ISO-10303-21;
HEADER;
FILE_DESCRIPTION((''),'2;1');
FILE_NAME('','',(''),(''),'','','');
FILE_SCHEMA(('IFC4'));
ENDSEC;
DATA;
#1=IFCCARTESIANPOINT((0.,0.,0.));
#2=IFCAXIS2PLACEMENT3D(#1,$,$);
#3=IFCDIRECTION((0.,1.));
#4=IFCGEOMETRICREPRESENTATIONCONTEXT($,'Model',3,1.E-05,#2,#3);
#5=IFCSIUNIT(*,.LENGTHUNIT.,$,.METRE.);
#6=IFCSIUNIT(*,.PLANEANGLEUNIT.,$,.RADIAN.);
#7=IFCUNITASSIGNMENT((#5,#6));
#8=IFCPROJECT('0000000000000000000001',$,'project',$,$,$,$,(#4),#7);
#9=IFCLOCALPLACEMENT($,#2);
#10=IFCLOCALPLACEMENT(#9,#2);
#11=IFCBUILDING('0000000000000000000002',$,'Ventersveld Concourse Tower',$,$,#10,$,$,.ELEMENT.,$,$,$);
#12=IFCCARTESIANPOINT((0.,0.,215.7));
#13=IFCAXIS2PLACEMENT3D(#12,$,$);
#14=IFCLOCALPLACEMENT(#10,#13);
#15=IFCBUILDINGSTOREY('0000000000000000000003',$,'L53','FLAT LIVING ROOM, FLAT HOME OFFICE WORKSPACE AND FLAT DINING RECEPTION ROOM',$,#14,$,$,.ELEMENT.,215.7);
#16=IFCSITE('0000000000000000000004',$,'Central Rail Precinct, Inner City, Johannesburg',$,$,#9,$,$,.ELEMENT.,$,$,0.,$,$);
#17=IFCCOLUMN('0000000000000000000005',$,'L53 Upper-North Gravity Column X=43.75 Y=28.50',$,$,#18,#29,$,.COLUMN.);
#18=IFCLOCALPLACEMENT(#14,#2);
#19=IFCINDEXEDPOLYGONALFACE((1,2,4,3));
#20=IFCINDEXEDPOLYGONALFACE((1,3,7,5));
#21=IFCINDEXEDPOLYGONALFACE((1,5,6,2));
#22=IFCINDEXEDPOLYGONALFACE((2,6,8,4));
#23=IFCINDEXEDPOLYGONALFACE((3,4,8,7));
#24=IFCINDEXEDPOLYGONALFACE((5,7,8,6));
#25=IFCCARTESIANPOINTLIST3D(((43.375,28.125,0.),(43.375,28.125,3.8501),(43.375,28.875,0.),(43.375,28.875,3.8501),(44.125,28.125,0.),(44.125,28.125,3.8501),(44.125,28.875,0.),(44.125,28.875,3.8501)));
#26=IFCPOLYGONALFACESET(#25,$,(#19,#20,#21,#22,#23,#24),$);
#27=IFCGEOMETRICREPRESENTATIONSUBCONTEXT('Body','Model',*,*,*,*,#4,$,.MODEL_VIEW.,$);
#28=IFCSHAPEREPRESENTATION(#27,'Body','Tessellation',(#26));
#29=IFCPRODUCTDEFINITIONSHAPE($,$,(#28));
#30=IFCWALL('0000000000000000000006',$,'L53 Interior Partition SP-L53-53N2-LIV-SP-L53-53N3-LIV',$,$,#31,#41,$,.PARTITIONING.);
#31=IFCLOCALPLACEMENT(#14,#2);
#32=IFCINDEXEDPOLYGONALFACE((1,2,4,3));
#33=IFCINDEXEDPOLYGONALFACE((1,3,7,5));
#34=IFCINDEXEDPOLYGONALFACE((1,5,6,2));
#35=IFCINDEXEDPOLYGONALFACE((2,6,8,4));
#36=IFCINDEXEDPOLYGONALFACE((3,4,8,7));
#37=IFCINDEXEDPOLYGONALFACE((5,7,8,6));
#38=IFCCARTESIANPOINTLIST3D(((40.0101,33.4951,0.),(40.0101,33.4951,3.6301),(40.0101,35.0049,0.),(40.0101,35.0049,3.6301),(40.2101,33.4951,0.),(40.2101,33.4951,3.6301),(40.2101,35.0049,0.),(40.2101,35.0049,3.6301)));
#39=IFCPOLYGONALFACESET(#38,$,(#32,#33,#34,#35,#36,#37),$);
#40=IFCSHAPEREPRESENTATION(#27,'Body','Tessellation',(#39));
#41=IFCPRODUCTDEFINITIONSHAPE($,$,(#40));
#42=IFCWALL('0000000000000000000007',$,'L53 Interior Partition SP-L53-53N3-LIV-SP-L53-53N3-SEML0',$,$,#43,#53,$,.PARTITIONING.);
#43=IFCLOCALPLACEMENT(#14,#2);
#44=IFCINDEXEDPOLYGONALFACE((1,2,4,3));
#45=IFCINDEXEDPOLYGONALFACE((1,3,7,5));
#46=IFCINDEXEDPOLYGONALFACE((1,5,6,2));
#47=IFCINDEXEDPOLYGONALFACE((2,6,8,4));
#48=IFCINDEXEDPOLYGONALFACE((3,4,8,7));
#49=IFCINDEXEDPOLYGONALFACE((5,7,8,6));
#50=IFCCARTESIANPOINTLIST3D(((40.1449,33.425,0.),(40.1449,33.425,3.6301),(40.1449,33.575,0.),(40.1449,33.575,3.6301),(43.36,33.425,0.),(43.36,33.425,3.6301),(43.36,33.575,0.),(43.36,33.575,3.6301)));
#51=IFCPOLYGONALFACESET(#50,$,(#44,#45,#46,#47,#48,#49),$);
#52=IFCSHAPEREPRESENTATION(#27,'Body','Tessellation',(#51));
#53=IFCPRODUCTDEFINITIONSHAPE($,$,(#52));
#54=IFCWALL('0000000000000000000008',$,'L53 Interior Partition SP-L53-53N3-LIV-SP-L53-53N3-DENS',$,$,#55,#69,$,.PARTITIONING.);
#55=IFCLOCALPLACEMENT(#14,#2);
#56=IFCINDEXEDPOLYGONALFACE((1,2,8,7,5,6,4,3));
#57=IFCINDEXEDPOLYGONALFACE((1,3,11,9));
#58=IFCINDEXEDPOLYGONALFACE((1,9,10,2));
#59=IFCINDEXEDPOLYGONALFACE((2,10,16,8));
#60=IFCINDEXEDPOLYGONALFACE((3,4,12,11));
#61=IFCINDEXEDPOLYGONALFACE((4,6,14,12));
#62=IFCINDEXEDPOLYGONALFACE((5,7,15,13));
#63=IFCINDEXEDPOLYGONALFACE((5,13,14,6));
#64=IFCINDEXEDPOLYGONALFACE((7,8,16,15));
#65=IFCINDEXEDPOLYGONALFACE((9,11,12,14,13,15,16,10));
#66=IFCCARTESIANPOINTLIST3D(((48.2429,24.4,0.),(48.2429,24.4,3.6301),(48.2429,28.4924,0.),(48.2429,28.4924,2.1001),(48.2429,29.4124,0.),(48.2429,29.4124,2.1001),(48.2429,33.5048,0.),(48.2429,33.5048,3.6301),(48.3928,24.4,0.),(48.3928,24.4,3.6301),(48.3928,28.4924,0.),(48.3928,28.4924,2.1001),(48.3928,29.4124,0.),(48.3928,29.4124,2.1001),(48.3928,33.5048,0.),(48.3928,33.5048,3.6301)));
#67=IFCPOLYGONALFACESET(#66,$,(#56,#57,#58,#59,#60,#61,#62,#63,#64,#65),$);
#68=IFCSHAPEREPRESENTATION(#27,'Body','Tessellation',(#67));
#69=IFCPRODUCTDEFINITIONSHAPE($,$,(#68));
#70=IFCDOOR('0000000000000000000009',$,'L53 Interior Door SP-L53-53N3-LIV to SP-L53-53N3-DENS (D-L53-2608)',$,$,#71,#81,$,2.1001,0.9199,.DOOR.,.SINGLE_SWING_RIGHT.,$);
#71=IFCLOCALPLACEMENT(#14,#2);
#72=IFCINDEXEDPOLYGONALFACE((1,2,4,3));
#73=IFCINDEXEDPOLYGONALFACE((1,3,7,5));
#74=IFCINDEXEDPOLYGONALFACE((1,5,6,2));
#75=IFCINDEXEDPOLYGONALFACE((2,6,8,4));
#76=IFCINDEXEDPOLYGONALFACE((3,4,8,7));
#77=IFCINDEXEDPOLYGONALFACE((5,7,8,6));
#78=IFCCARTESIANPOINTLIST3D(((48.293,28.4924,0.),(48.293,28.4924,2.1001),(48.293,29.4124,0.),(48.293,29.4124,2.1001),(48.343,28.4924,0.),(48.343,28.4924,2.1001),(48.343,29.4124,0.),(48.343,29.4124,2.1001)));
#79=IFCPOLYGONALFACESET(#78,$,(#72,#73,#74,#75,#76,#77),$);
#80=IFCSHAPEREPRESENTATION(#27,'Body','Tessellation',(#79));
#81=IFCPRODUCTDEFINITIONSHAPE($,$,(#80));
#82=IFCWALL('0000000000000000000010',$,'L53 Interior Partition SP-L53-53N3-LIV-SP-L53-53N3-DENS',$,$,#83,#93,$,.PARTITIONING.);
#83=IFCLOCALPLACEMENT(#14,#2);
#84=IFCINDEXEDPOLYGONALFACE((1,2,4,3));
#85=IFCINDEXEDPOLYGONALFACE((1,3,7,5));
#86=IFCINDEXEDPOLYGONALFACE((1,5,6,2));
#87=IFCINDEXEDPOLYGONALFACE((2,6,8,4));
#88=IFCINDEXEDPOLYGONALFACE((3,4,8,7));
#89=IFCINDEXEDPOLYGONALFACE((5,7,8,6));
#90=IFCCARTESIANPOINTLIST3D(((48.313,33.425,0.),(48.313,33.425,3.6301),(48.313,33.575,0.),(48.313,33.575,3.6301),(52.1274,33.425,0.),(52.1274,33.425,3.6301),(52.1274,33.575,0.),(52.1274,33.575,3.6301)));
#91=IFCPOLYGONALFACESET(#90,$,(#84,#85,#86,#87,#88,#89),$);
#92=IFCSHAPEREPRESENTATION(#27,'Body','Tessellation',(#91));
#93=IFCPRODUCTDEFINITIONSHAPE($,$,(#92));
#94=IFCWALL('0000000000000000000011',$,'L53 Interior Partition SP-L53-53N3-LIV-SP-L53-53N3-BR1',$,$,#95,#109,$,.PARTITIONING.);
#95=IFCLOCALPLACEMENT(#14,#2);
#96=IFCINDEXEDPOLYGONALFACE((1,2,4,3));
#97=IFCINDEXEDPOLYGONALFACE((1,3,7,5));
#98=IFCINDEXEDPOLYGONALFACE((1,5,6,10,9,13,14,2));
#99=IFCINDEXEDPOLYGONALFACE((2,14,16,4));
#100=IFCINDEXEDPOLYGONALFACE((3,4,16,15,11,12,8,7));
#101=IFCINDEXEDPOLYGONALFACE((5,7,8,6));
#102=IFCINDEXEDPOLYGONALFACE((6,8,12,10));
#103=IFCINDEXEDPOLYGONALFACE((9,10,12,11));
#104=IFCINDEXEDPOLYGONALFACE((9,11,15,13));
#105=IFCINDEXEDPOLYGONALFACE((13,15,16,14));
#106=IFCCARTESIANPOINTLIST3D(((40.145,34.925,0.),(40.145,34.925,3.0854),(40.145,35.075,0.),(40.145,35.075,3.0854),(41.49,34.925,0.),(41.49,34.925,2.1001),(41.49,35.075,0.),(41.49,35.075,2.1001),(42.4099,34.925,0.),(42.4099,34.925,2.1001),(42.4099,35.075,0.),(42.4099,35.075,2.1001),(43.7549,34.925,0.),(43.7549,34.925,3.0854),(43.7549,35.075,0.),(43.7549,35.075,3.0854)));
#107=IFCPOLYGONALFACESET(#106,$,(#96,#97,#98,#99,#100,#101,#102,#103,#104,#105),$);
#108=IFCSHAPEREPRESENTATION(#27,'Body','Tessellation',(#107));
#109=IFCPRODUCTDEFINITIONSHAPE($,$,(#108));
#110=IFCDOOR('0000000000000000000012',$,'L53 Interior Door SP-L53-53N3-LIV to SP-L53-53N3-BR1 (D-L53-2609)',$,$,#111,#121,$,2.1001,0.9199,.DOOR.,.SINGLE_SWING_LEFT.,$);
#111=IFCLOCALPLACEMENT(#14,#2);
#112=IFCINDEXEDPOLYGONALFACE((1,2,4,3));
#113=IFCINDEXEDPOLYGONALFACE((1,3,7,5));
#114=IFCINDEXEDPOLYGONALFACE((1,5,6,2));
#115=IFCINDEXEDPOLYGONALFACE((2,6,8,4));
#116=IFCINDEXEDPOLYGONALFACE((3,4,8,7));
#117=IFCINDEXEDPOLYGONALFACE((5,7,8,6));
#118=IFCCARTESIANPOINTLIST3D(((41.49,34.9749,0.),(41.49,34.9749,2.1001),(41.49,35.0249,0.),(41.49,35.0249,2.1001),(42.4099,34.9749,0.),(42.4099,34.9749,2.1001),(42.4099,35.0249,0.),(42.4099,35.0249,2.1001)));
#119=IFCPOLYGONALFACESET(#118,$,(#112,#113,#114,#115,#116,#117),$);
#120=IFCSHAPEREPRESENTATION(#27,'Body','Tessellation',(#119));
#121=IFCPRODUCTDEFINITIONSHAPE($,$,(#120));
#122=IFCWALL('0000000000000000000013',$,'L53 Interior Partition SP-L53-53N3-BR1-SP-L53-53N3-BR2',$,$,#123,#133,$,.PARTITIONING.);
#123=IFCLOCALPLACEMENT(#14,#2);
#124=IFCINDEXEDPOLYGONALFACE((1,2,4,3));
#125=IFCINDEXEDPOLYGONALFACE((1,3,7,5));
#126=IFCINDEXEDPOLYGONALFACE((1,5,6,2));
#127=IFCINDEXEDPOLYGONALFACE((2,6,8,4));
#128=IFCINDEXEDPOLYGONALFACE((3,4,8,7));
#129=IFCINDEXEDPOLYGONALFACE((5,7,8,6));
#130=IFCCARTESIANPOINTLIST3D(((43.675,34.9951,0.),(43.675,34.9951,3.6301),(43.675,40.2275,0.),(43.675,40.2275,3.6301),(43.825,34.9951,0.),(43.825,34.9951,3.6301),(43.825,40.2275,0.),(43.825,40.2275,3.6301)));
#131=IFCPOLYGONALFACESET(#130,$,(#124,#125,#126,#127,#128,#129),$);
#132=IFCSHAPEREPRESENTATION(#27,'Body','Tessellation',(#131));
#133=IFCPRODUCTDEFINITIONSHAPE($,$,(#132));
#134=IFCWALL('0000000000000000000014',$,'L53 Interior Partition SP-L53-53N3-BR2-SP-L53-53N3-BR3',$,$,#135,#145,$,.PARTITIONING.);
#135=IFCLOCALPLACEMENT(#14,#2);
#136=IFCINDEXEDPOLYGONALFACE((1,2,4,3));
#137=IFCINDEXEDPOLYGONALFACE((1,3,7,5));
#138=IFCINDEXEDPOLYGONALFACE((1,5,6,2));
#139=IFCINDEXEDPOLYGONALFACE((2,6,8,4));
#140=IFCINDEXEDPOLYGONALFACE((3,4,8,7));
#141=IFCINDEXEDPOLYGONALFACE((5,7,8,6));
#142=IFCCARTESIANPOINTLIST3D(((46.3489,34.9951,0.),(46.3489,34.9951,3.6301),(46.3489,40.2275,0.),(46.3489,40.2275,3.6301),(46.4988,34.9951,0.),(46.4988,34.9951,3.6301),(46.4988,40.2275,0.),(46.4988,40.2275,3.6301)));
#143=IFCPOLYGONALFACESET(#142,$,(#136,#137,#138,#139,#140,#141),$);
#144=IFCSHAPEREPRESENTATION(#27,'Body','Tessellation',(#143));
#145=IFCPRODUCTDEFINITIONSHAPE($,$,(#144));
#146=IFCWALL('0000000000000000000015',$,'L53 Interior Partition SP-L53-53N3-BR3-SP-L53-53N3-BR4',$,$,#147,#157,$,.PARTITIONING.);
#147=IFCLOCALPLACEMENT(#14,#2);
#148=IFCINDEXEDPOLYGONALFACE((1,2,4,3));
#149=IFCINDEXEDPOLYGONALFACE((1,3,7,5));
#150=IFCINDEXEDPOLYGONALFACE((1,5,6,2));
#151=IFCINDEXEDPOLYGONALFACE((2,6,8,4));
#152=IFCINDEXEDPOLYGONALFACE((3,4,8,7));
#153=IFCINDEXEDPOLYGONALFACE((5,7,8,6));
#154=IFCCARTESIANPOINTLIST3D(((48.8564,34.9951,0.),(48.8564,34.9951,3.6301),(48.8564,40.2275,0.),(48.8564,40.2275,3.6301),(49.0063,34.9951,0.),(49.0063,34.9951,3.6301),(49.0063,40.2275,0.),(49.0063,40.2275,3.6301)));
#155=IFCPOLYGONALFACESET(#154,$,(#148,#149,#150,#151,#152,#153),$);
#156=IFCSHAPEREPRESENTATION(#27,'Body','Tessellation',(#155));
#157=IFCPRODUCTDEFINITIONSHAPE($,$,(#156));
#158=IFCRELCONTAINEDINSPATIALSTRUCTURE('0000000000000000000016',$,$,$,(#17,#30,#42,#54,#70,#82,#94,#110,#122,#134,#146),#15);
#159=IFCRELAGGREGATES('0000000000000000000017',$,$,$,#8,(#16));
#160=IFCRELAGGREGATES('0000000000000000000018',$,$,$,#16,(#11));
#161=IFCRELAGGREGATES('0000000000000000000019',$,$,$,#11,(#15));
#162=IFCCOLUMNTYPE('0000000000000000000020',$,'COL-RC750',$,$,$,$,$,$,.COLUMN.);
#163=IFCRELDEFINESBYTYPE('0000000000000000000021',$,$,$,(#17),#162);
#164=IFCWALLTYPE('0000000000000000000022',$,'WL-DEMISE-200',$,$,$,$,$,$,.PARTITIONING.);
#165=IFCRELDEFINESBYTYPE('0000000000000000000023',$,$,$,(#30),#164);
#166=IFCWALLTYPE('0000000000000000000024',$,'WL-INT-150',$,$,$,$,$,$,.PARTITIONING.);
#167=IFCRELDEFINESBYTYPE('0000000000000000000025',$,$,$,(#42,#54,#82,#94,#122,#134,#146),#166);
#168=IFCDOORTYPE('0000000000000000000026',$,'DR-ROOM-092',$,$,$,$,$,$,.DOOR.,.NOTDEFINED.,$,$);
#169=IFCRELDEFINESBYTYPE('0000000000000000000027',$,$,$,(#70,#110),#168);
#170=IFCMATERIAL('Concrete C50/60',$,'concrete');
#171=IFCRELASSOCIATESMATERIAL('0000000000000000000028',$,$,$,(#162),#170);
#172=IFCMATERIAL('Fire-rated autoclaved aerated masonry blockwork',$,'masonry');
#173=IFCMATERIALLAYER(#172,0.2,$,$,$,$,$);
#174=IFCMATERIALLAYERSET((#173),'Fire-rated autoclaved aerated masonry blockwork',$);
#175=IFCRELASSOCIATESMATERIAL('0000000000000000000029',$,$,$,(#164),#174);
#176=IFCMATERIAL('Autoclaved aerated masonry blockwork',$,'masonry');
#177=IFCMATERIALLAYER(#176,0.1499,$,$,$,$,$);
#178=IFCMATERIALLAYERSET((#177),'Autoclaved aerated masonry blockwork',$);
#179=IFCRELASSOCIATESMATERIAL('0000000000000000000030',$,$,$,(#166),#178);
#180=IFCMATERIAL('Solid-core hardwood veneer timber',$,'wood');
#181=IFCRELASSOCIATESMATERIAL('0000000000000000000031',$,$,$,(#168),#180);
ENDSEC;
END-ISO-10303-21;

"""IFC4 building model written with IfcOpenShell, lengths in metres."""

from ifc_helpers import new_model, si_unit, direction, frame, frame_2d, origin, origin_2d, place, context, subcontext, project, spatial, rectangle, extrude, material, layer, layer_set, material_profile, profile_set, type_object, element, fill, save


model = new_model("IFC4")

# Units and contexts
model_context = context("Model", 3, precision=1e-05, world=origin(), true_north=direction((0.0, 1.0)))
body_context = subcontext(model_context, "Body", "Model", "MODEL_VIEW")
ifc_project = project(units=[si_unit("LENGTHUNIT", "METRE"), si_unit("PLANEANGLEUNIT", "RADIAN")], contexts=[model_context])

# Site, building, storey
site_placement = place(None, origin())
site = spatial("IfcSite", under=ifc_project, at=site_placement, Name="Central Rail Precinct, Inner City, Johannesburg", CompositionType="ELEMENT", RefElevation=0.0)
building_placement = place(site_placement, origin())
building = spatial("IfcBuilding", under=site, at=building_placement, Name="Ventersveld Concourse Tower", CompositionType="ELEMENT")
storey_placement = place(building_placement, frame((0.0, 0.0, 215.7)))
storey = spatial("IfcBuildingStorey", under=building, at=storey_placement, Name="L53", Description="FLAT LIVING ROOM, FLAT HOME OFFICE WORKSPACE AND FLAT DINING RECEPTION ROOM", CompositionType="ELEMENT", Elevation=215.7)

# Column
ifc_material_1 = material(Name="Concrete C50/60", Category="concrete")
ifc_material_profile = material_profile(ifc_material_1, rectangle(XDim=0.75, YDim=0.75, at=origin_2d()), Name="RC 750x750")
ifc_profile_set = profile_set([ifc_material_profile], Name="Concrete C50/60")
column_type = type_object("IfcColumnType", Name="COL-RC750", PredefinedType="COLUMN", material=ifc_profile_set)
column_placement = place(storey_placement, frame((43.75, 28.5, 0.0), z_axis=(0.0, 0.0, 1.0), x_axis=(1.0, 0.0, 0.0)))
element("IfcColumn", 1, at=column_placement, inside=storey, type_object=column_type, Name="L53 Upper-North Gravity Column X=43.75 Y=28.50", PredefinedType="COLUMN", context=body_context, shape_type="SweptSolid", body=[
    extrude(rectangle(XDim=0.75, YDim=0.75, at=origin_2d()), origin(), (0.0, 0.0, 1.0), 3.8501),
])

# Walls
ifc_material_2 = material(Name="Fire-rated autoclaved aerated masonry blockwork", Category="masonry")
ifc_layer_1 = layer(ifc_material_2, 0.2)
ifc_layer_set_1 = layer_set([ifc_layer_1], Name="Fire-rated autoclaved aerated masonry blockwork")
wall_type_1 = type_object("IfcWallType", Name="WL-DEMISE-200", PredefinedType="PARTITIONING", material=ifc_layer_set_1)
wall_1_placement = place(storey_placement, frame((40.1101, 33.4951, 0.0), z_axis=(0.0, 0.0, 1.0), x_axis=(0.0, 1.0, 0.0)))
element("IfcWall", 2, at=wall_1_placement, inside=storey, type_object=wall_type_1, Name="L53 Interior Partition SP-L53-53N2-LIV-SP-L53-53N3-LIV", PredefinedType="PARTITIONING", context=body_context, shape_type="SweptSolid", body=[
    extrude(rectangle(XDim=1.5098, YDim=0.2, at=frame_2d((0.7549, 0.0))), origin(), (0.0, 0.0, 1.0), 3.6301),
])
ifc_material_3 = material(Name="Autoclaved aerated masonry blockwork", Category="masonry")
ifc_layer_2 = layer(ifc_material_3, 0.1499)
ifc_layer_set_2 = layer_set([ifc_layer_2], Name="Autoclaved aerated masonry blockwork")
wall_type_2 = type_object("IfcWallType", Name="WL-INT-150", PredefinedType="PARTITIONING", material=ifc_layer_set_2)
wall_2_placement = place(storey_placement, frame((40.145, 33.5, 0.0), z_axis=(0.0, 0.0, 1.0), x_axis=(1.0, 0.0, 0.0)))
element("IfcWall", 3, at=wall_2_placement, inside=storey, type_object=wall_type_2, Name="L53 Interior Partition SP-L53-53N3-LIV-SP-L53-53N3-SEML0", PredefinedType="PARTITIONING", context=body_context, shape_type="SweptSolid", body=[
    extrude(rectangle(XDim=3.2151, YDim=0.1499, at=frame_2d((1.6074, 0.0))), origin(), (0.0, 0.0, 1.0), 3.6301),
])

# Wall, opening, door
wall_3_placement = place(storey_placement, frame((48.3179, 24.4001, 0.0), z_axis=(0.0, 0.0, 1.0), x_axis=(0.0, 1.0, 0.0)))
wall_3 = element("IfcWall", 4, at=wall_3_placement, inside=storey, type_object=wall_type_2, Name="L53 Interior Partition SP-L53-53N3-LIV-SP-L53-53N3-DENS", PredefinedType="PARTITIONING", context=body_context, shape_type="SweptSolid", body=[
    extrude(rectangle(XDim=9.1047, YDim=0.1499, at=frame_2d((4.5522, 0.0))), origin(), (0.0, 0.0, 1.0), 3.6301),
])
opening_1_placement = place(wall_3_placement, frame((4.0923, 0.0, 0.0)))
opening_1 = element("IfcOpeningElement", 5, at=opening_1_placement, cuts=wall_3, PredefinedType="OPENING", context=body_context, shape_type="SweptSolid", body=[
    extrude(rectangle(XDim=0.9199, YDim=2.1001, at=frame_2d((0.46, 1.05))), frame((0.0, 0.085, 0.0), z_axis=(0.0, -1.0, 0.0), x_axis=(1.0, 0.0, 0.0)), (0.0, 0.0, 1.0), 0.1699),
])
ifc_material_4 = material(Name="Solid-core hardwood veneer timber", Category="wood")
door_type = type_object("IfcDoorType", Name="DR-ROOM-092", OperationType="NOTDEFINED", PredefinedType="DOOR", material=ifc_material_4)
door_1_placement = place(opening_1_placement, origin())
door_1 = element("IfcDoor", 6, at=door_1_placement, inside=storey, type_object=door_type, Name="L53 Interior Door SP-L53-53N3-LIV to SP-L53-53N3-DENS (D-L53-2608)", OperationType="SINGLE_SWING_RIGHT", OverallHeight=2.1001, OverallWidth=0.9199, PredefinedType="DOOR", context=body_context, shape_type="SweptSolid", body=[
    extrude(rectangle(XDim=0.9199, YDim=2.1001, at=frame_2d((0.46, 1.05))), frame((0.0, 0.0249, 0.0), z_axis=(0.0, -1.0, 0.0), x_axis=(1.0, 0.0, 0.0)), (0.0, 0.0, 1.0), 0.05),
])
fill(opening_1, door_1)

# Wall
wall_4_placement = place(storey_placement, frame((48.313, 33.5, 0.0), z_axis=(0.0, 0.0, 1.0), x_axis=(1.0, 0.0, 0.0)))
element("IfcWall", 7, at=wall_4_placement, inside=storey, type_object=wall_type_2, Name="L53 Interior Partition SP-L53-53N3-LIV-SP-L53-53N3-DENS", PredefinedType="PARTITIONING", context=body_context, shape_type="SweptSolid", body=[
    extrude(rectangle(XDim=3.8145, YDim=0.1499, at=frame_2d((1.9072, 0.0))), origin(), (0.0, 0.0, 1.0), 3.6301),
])

# Wall, opening, door
wall_5_placement = place(storey_placement, frame((40.145, 35.0, 0.0), z_axis=(0.0, 0.0, 1.0), x_axis=(1.0, 0.0, 0.0)))
wall_5 = element("IfcWall", 8, at=wall_5_placement, inside=storey, type_object=wall_type_2, Name="L53 Interior Partition SP-L53-53N3-LIV-SP-L53-53N3-BR1", PredefinedType="PARTITIONING", context=body_context, shape_type="SweptSolid", body=[
    extrude(rectangle(XDim=3.6099, YDim=0.1499, at=frame_2d((1.8049, 0.0))), origin(), (0.0, 0.0, 1.0), 3.0854),
])
opening_2_placement = place(wall_5_placement, frame((1.345, 0.0, 0.0)))
opening_2 = element("IfcOpeningElement", 9, at=opening_2_placement, cuts=wall_5, PredefinedType="OPENING", context=body_context, shape_type="SweptSolid", body=[
    extrude(rectangle(XDim=0.9199, YDim=2.1001, at=frame_2d((0.46, 1.05))), frame((0.0, 0.085, 0.0), z_axis=(0.0, -1.0, 0.0), x_axis=(1.0, 0.0, 0.0)), (0.0, 0.0, 1.0), 0.1699),
])
door_2_placement = place(opening_2_placement, origin())
door_2 = element("IfcDoor", 10, at=door_2_placement, inside=storey, type_object=door_type, Name="L53 Interior Door SP-L53-53N3-LIV to SP-L53-53N3-BR1 (D-L53-2609)", OperationType="SINGLE_SWING_LEFT", OverallHeight=2.1001, OverallWidth=0.9199, PredefinedType="DOOR", context=body_context, shape_type="SweptSolid", body=[
    extrude(rectangle(XDim=0.9199, YDim=2.1001, at=frame_2d((0.46, 1.05))), frame((0.0, 0.0249, 0.0), z_axis=(0.0, -1.0, 0.0), x_axis=(1.0, 0.0, 0.0)), (0.0, 0.0, 1.0), 0.05),
])
fill(opening_2, door_2)

# Walls
for number, where, z_axis, x_axis, name in (
    (11, (43.75, 34.9951, 0.0), (0.0, 0.0, 1.0), (0.0, 1.0, 0.0), "L53 Interior Partition SP-L53-53N3-BR1-SP-L53-53N3-BR2"),
    (12, (46.4238, 34.9951, 0.0), (0.0, 0.0, 1.0), (0.0, 1.0, 0.0), "L53 Interior Partition SP-L53-53N3-BR2-SP-L53-53N3-BR3"),
    (13, (48.9314, 34.9951, 0.0), (0.0, 0.0, 1.0), (0.0, 1.0, 0.0), "L53 Interior Partition SP-L53-53N3-BR3-SP-L53-53N3-BR4"),
):
    element("IfcWall", number, at=place(storey_placement, frame(where, z_axis=z_axis, x_axis=x_axis)), inside=storey, type_object=wall_type_2, Name=name, PredefinedType="PARTITIONING", context=body_context, shape_type="SweptSolid", body=[
        extrude(rectangle(XDim=5.2324, YDim=0.1499, at=frame_2d((2.6162, 0.0))), origin(), (0.0, 0.0, 1.0), 3.6301),
    ])

save(model, "model.ifc")
